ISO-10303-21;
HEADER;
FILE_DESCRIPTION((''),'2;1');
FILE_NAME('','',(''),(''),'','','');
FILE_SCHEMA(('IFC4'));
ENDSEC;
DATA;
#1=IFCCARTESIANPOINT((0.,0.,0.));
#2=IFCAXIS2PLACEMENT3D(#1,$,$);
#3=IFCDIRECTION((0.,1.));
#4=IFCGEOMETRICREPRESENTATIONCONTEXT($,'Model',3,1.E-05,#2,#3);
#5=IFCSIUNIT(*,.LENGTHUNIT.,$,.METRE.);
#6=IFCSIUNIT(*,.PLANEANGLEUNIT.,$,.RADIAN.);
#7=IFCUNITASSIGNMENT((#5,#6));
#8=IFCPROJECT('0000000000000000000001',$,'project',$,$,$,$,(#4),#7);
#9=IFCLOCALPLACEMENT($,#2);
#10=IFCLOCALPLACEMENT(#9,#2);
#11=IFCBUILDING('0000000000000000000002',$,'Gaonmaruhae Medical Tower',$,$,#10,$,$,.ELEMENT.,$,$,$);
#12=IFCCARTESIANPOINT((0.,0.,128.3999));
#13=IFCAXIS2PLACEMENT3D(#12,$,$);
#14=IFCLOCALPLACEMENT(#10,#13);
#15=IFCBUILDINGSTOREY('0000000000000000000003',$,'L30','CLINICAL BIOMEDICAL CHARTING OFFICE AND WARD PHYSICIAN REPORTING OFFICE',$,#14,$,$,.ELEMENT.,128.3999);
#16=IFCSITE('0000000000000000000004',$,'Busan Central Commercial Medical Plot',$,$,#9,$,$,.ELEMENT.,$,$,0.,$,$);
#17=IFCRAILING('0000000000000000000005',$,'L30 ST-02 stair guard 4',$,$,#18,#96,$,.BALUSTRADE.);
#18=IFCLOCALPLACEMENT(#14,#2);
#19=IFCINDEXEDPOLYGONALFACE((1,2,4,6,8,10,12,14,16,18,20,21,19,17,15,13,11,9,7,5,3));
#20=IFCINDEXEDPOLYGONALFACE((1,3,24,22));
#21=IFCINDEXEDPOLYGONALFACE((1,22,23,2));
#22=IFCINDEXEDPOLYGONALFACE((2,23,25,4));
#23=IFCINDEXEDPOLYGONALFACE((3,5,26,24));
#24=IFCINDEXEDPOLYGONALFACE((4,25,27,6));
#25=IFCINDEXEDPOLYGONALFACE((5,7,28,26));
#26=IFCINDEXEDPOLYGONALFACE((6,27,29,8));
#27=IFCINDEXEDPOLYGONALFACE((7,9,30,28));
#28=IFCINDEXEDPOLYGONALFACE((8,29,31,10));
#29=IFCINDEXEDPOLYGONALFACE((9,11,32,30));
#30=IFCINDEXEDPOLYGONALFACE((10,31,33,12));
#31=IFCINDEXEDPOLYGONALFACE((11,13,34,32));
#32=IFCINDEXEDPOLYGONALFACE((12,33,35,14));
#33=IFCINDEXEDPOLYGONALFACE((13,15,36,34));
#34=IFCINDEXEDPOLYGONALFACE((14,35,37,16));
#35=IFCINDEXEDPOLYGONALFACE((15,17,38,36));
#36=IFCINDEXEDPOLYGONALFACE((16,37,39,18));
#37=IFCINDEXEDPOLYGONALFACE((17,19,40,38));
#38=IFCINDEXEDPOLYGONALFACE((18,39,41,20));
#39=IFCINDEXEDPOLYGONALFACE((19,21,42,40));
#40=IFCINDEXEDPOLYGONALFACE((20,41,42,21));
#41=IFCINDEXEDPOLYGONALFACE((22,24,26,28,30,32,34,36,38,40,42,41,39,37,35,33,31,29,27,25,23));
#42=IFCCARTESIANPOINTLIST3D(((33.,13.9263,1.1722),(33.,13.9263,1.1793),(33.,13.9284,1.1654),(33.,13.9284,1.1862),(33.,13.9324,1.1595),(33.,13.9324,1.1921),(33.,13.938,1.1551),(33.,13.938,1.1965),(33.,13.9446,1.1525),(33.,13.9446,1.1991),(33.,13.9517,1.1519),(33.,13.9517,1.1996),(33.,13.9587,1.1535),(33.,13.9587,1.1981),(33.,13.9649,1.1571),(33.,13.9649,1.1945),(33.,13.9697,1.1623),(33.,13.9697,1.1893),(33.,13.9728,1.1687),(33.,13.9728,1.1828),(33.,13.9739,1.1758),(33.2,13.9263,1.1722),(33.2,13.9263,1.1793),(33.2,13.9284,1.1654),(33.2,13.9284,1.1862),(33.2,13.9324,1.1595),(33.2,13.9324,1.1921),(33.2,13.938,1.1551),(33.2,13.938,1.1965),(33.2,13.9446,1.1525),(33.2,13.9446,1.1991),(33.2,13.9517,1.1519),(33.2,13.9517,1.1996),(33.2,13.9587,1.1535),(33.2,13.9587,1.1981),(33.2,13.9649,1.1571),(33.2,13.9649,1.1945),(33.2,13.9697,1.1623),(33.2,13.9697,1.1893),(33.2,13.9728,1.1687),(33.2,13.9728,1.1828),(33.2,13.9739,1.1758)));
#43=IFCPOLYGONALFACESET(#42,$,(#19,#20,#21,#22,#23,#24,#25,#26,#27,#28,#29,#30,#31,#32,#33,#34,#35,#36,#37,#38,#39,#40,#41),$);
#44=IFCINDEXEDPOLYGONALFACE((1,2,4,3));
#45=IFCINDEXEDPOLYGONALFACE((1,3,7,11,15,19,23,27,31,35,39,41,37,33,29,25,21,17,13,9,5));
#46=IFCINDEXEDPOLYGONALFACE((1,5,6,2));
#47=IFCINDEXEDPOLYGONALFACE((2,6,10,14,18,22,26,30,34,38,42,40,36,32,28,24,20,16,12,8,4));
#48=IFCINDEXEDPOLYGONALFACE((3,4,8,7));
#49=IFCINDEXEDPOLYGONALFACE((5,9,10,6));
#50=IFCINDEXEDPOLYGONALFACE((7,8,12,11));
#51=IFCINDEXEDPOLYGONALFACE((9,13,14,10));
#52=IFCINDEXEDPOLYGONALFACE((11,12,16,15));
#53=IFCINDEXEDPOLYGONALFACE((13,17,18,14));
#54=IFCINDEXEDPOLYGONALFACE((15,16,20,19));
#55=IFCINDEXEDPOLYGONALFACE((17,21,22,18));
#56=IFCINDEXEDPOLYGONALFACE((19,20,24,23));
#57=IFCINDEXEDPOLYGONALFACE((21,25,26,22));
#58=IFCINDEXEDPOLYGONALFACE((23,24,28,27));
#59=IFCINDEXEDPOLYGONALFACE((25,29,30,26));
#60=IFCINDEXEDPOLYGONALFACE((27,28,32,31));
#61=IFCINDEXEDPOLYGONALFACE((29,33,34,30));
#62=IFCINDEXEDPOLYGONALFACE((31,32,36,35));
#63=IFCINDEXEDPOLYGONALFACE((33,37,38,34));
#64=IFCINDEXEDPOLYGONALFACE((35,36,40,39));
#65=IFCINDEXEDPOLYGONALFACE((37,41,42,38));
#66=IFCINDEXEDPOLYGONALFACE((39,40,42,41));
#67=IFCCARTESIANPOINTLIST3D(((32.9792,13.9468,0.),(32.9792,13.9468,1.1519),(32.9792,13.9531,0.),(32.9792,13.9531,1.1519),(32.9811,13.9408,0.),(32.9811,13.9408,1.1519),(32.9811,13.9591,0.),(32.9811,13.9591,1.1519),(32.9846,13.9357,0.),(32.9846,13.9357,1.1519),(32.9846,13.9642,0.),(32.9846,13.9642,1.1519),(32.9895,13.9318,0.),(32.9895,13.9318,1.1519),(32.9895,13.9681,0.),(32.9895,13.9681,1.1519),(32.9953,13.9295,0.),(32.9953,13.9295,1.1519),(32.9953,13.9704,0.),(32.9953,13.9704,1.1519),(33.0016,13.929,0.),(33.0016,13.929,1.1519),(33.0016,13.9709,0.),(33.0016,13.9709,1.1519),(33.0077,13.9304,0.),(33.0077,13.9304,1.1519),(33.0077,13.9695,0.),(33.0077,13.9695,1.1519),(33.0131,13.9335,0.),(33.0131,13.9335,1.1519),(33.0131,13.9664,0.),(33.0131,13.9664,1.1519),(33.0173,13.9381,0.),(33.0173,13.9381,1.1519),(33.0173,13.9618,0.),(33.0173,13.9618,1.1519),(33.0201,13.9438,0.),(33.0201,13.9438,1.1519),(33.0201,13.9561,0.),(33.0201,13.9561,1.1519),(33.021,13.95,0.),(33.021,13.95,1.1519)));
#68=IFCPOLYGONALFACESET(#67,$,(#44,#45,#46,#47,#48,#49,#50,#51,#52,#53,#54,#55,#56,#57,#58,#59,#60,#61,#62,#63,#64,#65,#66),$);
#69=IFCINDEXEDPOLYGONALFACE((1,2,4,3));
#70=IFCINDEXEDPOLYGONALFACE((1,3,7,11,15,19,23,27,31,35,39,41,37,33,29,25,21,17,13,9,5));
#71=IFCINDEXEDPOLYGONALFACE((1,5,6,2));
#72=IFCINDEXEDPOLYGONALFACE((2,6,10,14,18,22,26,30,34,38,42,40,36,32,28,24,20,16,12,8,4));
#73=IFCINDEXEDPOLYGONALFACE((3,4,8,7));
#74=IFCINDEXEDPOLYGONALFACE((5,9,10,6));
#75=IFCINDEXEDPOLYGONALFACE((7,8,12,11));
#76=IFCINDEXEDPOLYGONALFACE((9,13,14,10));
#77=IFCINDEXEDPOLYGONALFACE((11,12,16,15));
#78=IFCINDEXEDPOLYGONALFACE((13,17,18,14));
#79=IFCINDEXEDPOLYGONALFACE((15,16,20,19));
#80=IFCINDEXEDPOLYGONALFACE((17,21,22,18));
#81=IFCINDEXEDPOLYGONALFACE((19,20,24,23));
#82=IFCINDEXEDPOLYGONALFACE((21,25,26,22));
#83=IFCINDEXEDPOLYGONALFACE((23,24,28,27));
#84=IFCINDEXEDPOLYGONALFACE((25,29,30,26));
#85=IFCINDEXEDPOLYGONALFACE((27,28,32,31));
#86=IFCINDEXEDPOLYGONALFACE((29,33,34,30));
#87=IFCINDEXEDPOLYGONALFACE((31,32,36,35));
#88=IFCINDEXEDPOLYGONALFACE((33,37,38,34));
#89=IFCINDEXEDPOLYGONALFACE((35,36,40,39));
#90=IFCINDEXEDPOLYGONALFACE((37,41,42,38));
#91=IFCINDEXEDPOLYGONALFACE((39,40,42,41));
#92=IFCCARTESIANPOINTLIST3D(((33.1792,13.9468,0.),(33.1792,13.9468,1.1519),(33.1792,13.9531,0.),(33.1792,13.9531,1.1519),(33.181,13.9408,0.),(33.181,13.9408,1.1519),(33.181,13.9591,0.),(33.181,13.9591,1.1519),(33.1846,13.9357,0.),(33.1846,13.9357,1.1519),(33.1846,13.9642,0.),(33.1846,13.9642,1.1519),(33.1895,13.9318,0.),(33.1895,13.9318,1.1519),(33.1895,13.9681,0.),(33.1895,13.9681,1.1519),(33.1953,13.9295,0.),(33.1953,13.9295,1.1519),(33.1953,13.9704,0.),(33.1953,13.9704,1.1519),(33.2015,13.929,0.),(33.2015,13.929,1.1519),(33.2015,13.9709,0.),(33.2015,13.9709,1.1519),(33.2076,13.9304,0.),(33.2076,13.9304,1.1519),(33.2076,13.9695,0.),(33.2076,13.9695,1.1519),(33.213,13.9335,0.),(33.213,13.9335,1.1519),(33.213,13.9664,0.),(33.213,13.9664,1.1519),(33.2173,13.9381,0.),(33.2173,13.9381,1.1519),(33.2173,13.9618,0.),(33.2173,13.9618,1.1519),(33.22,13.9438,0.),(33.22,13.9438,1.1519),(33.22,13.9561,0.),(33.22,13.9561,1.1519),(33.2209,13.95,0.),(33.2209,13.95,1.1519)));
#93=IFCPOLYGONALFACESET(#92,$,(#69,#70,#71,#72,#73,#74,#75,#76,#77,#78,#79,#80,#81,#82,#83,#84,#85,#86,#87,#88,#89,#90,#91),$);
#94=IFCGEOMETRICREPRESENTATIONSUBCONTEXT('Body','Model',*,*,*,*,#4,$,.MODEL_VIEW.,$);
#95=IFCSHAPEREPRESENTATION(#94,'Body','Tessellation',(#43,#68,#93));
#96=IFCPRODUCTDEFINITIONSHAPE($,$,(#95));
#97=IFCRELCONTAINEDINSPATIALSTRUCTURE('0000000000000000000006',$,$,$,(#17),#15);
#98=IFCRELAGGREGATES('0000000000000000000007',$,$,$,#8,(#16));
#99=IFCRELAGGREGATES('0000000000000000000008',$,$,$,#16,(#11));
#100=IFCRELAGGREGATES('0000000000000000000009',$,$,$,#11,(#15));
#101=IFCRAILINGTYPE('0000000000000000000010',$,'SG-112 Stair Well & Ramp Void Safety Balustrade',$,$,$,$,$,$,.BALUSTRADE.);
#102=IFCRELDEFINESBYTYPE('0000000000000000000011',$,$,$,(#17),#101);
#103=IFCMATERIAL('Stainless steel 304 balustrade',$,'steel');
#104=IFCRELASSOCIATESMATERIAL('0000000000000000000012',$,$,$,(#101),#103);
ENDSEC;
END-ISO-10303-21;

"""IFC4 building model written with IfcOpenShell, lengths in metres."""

from ifc_helpers import new_model, si_unit, direction, frame, origin, origin_2d, place, context, subcontext, project, spatial, circle, extrude, material, type_object, element, save


model = new_model("IFC4")

# Units and contexts
model_context = context("Model", 3, precision=1e-05, world=origin(), true_north=direction((0.0, 1.0)))
body_context = subcontext(model_context, "Body", "Model", "MODEL_VIEW")
ifc_project = project(units=[si_unit("LENGTHUNIT", "METRE"), si_unit("PLANEANGLEUNIT", "RADIAN")], contexts=[model_context])

# Site, building, storey
site_placement = place(None, origin())
site = spatial("IfcSite", under=ifc_project, at=site_placement, Name="Busan Central Commercial Medical Plot", CompositionType="ELEMENT", RefElevation=0.0)
building_placement = place(site_placement, origin())
building = spatial("IfcBuilding", under=site, at=building_placement, Name="Gaonmaruhae Medical Tower", CompositionType="ELEMENT")
storey_placement = place(building_placement, frame((0.0, 0.0, 128.3999)))
storey = spatial("IfcBuildingStorey", under=building, at=storey_placement, Name="L30", Description="CLINICAL BIOMEDICAL CHARTING OFFICE AND WARD PHYSICIAN REPORTING OFFICE", CompositionType="ELEMENT", Elevation=128.3999)

# Railing
ifc_material_1 = material(Name="Stainless steel 304 balustrade", Category="steel")
railing_type = type_object("IfcRailingType", Name="SG-112 Stair Well & Ramp Void Safety Balustrade", PredefinedType="BALUSTRADE", material=ifc_material_1)
railing_1_placement = place(storey_placement, frame((33.0, 13.95, 0.0)))
element("IfcRailing", 1, at=railing_1_placement, inside=storey, type_object=railing_type, Name="L30 ST-02 stair guard 4", PredefinedType="BALUSTRADE", context=body_context, shape_type="SweptSolid", body=[
    extrude(circle(Radius=0.0239, at=origin_2d()), frame((0.0, 0.0, 1.1758), z_axis=(1.0, 0.0, 0.0), x_axis=(0.0, 1.0, 0.0)), (0.0, 0.0, 1.0), 0.2),
    extrude(circle(Radius=0.021, at=origin_2d()), origin(), (0.0, 0.0, 1.0), 1.1519),
    extrude(circle(Radius=0.021, at=origin_2d()), frame((0.2, 0.0, 0.0)), (0.0, 0.0, 1.0), 1.1519),
])

save(model, "model.ifc")
